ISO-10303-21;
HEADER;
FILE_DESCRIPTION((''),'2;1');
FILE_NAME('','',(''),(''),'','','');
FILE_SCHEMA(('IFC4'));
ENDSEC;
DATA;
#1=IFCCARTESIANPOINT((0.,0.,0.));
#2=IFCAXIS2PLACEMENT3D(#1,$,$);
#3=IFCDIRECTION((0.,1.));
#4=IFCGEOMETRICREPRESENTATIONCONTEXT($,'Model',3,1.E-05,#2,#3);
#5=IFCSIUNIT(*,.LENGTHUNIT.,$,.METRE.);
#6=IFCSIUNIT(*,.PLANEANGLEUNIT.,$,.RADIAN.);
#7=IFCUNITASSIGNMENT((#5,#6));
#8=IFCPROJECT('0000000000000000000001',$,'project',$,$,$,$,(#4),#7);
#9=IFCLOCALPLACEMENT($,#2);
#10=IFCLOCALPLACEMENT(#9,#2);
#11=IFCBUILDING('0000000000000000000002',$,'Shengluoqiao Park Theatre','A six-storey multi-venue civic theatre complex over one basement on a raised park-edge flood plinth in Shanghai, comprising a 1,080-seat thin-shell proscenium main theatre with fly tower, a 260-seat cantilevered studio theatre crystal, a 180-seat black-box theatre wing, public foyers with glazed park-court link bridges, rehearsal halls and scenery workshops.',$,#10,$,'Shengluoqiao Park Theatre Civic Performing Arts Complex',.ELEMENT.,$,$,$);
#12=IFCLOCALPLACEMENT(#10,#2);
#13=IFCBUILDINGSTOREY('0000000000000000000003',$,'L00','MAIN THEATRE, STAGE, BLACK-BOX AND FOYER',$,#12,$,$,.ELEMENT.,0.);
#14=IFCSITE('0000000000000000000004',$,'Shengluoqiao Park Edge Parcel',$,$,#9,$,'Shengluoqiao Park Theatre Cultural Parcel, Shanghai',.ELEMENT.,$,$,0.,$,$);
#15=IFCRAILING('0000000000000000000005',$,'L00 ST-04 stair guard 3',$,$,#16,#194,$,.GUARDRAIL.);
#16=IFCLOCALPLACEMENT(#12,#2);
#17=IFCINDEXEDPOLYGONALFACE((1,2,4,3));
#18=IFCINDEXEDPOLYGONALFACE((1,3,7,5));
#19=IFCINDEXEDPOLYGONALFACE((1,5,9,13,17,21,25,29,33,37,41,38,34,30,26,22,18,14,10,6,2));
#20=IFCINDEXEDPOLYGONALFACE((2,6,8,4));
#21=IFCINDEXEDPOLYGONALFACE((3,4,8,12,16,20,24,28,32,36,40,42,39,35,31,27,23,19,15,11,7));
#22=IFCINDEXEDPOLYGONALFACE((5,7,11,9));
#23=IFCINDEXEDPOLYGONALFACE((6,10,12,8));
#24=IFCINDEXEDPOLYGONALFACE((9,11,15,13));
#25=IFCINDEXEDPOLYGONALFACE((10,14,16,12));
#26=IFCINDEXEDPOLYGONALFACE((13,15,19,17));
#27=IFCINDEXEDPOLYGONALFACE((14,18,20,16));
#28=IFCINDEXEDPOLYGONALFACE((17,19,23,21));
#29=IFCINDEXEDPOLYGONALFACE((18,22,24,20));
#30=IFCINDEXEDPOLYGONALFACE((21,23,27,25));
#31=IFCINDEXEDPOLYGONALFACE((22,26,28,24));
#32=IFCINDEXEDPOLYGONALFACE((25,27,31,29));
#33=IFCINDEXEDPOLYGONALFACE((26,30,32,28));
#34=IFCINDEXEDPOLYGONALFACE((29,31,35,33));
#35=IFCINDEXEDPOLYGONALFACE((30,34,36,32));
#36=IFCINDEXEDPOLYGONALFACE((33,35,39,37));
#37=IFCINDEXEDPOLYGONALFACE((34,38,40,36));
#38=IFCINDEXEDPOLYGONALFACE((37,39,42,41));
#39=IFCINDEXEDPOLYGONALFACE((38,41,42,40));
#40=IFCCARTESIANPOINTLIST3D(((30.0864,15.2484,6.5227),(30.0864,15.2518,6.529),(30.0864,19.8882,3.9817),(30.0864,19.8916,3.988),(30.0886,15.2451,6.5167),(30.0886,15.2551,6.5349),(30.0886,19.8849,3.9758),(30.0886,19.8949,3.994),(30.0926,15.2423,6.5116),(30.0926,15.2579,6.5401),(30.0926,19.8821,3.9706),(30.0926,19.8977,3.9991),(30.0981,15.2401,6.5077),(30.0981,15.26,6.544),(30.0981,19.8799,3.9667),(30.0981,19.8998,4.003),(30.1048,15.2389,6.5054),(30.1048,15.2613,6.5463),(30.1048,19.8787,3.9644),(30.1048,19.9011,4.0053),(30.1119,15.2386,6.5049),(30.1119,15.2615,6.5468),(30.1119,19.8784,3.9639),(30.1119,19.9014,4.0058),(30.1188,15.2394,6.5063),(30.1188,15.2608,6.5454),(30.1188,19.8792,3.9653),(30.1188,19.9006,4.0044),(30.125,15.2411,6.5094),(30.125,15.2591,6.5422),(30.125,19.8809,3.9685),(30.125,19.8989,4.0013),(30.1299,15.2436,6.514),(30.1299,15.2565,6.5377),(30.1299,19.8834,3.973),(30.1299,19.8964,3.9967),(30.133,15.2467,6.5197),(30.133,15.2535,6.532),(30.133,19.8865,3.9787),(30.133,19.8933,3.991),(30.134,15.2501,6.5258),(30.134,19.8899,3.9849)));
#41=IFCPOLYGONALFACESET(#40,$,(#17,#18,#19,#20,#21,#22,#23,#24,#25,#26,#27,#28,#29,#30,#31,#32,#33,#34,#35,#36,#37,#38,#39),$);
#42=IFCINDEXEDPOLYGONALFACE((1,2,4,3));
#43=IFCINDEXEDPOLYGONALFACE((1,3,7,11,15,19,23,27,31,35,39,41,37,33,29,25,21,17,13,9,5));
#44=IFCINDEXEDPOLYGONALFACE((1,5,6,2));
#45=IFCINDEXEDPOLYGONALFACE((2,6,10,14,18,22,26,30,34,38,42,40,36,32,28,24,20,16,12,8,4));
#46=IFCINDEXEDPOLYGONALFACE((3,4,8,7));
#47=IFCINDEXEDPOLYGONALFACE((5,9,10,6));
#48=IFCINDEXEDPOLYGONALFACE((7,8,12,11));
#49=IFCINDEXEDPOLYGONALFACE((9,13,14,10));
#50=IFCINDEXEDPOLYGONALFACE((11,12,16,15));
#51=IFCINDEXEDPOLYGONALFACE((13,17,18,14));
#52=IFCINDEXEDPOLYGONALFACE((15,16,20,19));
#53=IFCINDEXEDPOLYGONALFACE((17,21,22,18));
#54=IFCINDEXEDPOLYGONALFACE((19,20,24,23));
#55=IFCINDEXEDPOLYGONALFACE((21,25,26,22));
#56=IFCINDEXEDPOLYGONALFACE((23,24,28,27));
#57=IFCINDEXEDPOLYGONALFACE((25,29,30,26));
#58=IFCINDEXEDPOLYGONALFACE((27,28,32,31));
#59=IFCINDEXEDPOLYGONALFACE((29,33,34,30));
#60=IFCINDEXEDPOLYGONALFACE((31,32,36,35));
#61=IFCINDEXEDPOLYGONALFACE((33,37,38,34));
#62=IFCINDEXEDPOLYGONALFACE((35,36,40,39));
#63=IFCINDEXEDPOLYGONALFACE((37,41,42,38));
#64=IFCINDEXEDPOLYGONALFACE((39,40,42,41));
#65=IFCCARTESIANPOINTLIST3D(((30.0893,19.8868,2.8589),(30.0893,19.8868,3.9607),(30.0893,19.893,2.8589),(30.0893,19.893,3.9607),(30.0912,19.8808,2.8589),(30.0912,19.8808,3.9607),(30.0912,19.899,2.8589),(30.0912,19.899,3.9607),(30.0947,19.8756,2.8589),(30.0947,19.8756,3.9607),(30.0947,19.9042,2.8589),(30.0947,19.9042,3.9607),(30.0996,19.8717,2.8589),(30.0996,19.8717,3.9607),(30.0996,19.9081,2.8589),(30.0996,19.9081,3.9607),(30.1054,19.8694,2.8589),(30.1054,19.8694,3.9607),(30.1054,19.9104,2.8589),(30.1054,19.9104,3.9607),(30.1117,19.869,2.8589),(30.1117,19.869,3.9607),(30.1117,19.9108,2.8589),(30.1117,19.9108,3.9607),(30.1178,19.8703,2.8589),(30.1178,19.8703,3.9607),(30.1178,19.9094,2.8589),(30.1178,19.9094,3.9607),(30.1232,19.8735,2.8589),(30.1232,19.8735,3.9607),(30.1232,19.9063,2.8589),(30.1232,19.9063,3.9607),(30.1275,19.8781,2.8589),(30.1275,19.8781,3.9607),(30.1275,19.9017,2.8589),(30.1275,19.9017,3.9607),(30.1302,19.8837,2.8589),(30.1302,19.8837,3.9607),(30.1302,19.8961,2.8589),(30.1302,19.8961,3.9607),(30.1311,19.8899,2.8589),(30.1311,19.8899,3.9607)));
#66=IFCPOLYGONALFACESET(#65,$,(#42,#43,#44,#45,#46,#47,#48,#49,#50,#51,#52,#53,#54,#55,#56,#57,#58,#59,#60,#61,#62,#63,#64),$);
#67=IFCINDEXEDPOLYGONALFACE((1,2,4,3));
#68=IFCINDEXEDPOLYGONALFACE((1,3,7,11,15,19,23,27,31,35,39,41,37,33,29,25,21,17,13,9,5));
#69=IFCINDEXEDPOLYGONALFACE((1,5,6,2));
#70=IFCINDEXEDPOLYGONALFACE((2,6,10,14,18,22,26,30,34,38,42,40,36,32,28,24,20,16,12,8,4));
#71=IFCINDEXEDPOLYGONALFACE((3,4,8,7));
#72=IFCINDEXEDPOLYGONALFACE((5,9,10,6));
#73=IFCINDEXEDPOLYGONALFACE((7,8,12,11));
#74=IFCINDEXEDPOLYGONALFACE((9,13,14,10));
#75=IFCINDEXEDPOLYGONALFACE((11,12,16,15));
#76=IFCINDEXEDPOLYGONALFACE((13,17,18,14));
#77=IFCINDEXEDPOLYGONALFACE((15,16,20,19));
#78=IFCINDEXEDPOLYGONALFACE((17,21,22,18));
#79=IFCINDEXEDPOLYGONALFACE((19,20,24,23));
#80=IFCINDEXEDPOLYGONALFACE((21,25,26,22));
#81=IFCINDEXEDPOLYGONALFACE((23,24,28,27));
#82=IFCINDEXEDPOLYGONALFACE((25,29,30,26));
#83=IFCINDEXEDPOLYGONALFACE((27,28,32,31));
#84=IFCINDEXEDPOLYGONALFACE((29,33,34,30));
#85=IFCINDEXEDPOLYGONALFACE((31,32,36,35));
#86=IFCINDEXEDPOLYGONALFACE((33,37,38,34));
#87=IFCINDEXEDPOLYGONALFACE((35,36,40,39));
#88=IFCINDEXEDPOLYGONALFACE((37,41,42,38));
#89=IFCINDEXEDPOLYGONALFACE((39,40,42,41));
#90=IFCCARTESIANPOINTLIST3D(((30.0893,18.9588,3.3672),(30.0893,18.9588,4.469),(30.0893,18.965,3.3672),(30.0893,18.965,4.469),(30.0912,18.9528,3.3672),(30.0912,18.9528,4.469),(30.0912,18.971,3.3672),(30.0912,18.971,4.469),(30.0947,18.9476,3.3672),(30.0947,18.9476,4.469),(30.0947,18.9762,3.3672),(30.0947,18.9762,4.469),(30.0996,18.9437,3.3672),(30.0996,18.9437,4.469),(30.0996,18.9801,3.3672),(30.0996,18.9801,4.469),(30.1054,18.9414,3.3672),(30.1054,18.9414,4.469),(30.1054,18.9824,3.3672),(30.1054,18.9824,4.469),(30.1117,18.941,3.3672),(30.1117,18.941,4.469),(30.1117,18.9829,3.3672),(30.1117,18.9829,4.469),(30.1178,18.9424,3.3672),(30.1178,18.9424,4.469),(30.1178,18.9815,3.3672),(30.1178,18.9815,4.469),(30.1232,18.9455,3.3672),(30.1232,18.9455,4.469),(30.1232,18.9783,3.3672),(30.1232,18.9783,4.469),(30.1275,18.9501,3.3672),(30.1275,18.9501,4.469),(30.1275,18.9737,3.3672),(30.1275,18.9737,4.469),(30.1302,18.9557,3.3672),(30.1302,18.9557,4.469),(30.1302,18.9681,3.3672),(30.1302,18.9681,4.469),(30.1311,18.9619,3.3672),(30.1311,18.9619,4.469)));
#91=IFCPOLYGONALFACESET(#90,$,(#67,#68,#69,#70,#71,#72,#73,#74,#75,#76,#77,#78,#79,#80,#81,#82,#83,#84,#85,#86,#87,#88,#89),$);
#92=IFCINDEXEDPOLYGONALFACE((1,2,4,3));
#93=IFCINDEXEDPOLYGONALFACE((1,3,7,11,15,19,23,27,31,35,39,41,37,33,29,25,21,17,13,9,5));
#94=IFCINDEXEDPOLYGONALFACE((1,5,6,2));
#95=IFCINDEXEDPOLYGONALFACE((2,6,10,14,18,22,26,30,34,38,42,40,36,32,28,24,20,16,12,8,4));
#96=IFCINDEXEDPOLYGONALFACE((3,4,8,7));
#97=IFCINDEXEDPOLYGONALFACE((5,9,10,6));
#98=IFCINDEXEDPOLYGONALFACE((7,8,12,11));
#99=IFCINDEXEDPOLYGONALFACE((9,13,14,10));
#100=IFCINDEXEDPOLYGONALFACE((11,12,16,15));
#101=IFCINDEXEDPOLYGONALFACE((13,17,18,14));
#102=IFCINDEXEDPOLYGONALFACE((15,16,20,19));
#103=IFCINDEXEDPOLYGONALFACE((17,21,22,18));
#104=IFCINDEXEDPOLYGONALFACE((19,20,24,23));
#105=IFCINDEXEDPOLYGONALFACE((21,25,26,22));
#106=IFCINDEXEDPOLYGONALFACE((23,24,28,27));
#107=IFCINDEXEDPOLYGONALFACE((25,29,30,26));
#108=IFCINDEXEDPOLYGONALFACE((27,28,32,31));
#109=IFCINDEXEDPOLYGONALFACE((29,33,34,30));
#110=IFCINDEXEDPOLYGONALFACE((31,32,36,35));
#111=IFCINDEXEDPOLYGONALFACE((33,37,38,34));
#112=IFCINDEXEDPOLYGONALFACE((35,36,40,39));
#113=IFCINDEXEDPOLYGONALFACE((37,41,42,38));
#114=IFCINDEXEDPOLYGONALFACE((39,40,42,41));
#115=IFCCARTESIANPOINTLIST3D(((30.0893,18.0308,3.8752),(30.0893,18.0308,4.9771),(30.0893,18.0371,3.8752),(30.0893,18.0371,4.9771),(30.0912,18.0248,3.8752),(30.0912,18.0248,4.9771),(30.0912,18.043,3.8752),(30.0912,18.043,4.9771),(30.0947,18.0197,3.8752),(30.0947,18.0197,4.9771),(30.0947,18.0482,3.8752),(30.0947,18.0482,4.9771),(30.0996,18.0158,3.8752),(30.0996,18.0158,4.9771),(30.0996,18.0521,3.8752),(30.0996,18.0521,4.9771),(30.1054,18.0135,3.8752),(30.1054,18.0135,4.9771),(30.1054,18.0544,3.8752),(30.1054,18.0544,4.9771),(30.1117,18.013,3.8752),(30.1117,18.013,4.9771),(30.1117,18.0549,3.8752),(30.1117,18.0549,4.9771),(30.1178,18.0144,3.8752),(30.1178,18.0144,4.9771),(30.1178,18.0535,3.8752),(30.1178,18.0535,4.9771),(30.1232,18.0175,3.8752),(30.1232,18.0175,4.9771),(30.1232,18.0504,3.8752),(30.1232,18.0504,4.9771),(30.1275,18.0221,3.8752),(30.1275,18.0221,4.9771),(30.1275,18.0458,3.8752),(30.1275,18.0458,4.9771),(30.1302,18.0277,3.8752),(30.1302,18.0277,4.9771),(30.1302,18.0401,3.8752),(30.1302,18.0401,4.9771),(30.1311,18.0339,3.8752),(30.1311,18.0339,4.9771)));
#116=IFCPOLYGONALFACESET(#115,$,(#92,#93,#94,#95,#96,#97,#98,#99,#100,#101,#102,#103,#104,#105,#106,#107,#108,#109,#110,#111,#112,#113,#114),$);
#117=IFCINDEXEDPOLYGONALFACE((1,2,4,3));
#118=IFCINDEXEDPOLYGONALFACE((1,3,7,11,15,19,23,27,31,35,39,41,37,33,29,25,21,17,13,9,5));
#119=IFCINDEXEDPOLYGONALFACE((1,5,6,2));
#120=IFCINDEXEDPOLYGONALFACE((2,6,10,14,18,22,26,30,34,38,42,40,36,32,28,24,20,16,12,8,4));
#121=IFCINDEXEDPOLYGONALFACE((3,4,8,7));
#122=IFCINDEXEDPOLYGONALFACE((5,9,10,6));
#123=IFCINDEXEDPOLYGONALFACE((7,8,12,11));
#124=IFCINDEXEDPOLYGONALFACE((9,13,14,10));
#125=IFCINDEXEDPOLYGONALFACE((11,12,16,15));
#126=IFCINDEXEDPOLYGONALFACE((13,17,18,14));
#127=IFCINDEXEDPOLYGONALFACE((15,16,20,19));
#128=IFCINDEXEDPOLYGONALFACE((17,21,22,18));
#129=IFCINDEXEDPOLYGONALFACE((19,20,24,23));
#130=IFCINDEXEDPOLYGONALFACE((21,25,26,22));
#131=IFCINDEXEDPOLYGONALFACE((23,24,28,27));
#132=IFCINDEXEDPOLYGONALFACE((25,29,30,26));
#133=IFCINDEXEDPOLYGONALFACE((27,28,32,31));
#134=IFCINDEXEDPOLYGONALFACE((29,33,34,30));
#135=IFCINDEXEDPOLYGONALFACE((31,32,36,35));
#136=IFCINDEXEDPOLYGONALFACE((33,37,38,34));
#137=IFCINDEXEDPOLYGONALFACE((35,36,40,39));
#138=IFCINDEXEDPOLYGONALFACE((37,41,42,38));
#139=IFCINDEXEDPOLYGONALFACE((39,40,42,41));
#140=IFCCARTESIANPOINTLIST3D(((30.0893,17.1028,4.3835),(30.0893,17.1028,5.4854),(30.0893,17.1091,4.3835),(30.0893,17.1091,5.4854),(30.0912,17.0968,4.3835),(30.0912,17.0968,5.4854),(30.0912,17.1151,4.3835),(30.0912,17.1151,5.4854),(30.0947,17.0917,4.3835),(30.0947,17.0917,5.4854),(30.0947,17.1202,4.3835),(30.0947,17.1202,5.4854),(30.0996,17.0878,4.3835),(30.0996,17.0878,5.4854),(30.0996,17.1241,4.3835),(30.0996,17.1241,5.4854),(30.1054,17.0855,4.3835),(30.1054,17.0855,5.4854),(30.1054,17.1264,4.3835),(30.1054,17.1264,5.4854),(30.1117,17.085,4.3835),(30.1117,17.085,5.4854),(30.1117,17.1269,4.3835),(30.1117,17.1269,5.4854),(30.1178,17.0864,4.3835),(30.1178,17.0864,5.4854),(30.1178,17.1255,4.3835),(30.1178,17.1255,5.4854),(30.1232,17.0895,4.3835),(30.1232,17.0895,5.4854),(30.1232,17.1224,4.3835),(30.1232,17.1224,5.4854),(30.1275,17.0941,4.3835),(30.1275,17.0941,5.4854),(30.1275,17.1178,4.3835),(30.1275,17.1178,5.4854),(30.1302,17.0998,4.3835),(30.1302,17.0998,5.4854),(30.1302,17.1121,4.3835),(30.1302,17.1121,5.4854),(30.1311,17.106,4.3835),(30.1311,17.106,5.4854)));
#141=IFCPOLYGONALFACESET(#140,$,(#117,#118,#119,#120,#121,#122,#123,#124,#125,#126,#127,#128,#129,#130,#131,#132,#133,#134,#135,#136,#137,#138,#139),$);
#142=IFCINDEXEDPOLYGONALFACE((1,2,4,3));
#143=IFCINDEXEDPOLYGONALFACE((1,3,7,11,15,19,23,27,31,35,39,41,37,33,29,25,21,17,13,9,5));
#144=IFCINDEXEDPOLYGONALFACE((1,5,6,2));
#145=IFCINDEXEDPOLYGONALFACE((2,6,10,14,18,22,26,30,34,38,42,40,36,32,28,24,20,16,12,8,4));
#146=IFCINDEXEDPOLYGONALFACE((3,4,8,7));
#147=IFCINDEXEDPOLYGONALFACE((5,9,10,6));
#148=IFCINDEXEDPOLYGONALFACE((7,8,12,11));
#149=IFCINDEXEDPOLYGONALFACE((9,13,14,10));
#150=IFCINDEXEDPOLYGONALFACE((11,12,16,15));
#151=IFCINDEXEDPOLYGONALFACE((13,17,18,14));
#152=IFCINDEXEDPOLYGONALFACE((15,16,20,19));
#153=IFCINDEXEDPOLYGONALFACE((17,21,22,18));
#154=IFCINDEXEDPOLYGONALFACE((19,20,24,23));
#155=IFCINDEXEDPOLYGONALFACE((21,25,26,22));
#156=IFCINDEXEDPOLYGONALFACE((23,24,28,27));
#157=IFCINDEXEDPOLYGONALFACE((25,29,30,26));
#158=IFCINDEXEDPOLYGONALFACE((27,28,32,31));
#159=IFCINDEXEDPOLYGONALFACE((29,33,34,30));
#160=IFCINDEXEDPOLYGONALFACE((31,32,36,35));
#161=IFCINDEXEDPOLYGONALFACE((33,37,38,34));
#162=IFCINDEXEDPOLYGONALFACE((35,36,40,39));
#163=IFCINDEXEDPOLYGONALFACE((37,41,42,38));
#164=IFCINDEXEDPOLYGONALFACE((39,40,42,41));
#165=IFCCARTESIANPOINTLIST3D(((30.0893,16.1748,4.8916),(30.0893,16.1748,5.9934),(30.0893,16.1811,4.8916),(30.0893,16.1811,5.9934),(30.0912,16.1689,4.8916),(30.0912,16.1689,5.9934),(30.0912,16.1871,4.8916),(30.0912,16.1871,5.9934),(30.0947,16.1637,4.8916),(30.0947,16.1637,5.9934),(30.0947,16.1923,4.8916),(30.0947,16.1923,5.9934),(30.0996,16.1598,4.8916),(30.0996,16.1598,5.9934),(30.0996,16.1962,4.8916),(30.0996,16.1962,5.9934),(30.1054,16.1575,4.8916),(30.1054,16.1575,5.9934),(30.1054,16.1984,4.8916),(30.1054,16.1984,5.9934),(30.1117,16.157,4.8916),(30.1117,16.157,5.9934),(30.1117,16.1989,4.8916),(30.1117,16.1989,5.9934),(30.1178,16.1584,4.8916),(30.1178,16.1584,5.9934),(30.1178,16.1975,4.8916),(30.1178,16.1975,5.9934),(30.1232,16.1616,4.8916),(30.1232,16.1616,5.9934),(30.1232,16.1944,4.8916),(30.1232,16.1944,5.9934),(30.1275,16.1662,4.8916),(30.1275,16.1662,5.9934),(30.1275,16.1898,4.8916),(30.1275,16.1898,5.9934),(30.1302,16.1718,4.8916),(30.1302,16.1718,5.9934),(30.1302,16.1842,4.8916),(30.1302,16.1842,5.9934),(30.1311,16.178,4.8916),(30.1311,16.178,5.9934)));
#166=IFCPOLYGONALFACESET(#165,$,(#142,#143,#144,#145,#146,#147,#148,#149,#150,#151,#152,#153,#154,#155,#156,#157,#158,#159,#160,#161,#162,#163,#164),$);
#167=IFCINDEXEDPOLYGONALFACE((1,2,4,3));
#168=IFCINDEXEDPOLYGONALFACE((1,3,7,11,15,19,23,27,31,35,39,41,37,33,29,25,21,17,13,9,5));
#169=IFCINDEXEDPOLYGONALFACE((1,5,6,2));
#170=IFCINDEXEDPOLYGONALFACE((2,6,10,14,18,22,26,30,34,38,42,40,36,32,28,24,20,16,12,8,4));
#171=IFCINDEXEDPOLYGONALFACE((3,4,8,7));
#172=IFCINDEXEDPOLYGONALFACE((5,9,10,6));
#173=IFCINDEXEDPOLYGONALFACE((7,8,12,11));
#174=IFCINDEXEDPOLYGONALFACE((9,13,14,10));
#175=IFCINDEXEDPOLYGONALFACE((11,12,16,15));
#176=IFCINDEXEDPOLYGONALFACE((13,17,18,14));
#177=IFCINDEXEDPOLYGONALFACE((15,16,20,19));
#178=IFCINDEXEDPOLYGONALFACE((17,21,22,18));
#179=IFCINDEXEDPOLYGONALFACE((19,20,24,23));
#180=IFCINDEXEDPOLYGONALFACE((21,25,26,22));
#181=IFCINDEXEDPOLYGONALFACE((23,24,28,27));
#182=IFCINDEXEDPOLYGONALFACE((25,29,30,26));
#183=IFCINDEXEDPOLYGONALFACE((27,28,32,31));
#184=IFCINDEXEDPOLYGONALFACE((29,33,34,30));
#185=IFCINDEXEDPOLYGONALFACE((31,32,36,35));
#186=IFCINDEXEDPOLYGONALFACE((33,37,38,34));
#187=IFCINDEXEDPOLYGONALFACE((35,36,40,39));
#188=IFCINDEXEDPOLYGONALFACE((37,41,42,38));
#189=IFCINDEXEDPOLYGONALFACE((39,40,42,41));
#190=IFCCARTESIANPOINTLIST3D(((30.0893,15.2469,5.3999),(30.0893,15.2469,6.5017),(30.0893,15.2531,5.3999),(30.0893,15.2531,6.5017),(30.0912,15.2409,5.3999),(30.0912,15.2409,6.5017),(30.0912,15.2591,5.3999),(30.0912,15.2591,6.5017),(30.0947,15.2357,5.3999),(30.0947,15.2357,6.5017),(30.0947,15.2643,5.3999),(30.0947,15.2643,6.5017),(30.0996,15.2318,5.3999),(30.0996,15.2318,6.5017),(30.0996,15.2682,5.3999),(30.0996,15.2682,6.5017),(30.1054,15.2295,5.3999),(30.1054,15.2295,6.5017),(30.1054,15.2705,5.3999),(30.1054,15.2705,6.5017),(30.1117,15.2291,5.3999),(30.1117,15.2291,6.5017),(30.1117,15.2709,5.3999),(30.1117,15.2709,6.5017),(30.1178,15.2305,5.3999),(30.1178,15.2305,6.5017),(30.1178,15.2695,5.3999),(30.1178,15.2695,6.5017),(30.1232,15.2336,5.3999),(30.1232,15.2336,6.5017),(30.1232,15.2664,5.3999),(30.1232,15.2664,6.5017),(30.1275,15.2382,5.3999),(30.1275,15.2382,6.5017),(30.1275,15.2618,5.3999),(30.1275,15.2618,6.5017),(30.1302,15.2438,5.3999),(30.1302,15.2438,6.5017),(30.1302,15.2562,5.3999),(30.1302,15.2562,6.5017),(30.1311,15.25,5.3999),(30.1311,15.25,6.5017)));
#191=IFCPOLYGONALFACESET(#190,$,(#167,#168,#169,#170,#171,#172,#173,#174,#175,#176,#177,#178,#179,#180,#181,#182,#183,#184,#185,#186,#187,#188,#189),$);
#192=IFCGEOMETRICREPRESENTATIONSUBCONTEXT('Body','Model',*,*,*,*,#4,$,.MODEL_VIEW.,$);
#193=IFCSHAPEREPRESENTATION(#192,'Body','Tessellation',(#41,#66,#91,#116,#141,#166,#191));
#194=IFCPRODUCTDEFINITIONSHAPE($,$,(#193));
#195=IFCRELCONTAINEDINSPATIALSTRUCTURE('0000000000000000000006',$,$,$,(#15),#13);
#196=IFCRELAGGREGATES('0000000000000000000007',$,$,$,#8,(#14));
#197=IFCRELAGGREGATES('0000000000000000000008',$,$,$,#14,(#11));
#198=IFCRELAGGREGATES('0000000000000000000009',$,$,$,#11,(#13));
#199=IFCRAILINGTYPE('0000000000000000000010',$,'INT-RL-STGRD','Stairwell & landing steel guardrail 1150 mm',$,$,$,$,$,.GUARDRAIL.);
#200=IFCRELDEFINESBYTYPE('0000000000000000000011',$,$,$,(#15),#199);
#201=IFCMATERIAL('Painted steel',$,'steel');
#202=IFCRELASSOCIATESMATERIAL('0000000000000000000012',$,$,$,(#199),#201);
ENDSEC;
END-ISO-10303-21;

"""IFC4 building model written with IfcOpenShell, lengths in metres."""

from ifc_helpers import new_model, si_unit, direction, frame, origin, origin_2d, place, context, subcontext, project, spatial, circle, extrude, material, type_object, element, save


model = new_model("IFC4")

# Units and contexts
model_context = context("Model", 3, precision=1e-05, world=origin(), true_north=direction((0.0, 1.0)))
body_context = subcontext(model_context, "Body", "Model", "MODEL_VIEW")
ifc_project = project(units=[si_unit("LENGTHUNIT", "METRE"), si_unit("PLANEANGLEUNIT", "RADIAN")], contexts=[model_context])

# Site, building, storey
site_placement = place(None, origin())
site = spatial("IfcSite", under=ifc_project, at=site_placement, Name="Shengluoqiao Park Edge Parcel", LongName="Shengluoqiao Park Theatre Cultural Parcel, Shanghai", CompositionType="ELEMENT", RefElevation=0.0)
building_placement = place(site_placement, origin())
building = spatial("IfcBuilding", under=site, at=building_placement, Name="Shengluoqiao Park Theatre", Description="A six-storey multi-venue civic theatre complex over one basement on a raised park-edge flood plinth in Shanghai, comprising a 1,080-seat thin-shell proscenium main theatre with fly tower, a 260-seat cantilevered studio theatre crystal, a 180-seat black-box theatre wing, public foyers with glazed park-court link bridges, rehearsal halls and scenery workshops.", LongName="Shengluoqiao Park Theatre Civic Performing Arts Complex", CompositionType="ELEMENT")
storey_placement = place(building_placement, origin())
storey = spatial("IfcBuildingStorey", under=building, at=storey_placement, Name="L00", Description="MAIN THEATRE, STAGE, BLACK-BOX AND FOYER", CompositionType="ELEMENT", Elevation=0.0)

# Railing
ifc_material_1 = material(Name="Painted steel", Category="steel")
railing_type_1 = type_object("IfcRailingType", Name="INT-RL-STGRD", Description="Stairwell & landing steel guardrail 1150 mm", PredefinedType="GUARDRAIL", material=ifc_material_1)
railing_1_placement = place(storey_placement, frame((30.1101, 19.8899, 2.8589)))
element("IfcRailing", 1, at=railing_1_placement, inside=storey, type_object=railing_type_1, Name="L00 ST-04 stair guard 3", PredefinedType="GUARDRAIL", context=body_context, shape_type="SweptSolid", body=[
    extrude(circle(Radius=0.0239, at=origin_2d()), frame((0.0, 0.0, 1.126), z_axis=(0.0, -0.877087, 0.480332), x_axis=(1.0, 0.0, 0.0)), (0.0, 0.0, 1.0), 5.29),
    extrude(circle(Radius=0.021, at=origin_2d()), origin(), (0.0, 0.0, 1.0), 1.1018),
    extrude(circle(Radius=0.021, at=origin_2d()), frame((0.0, -0.928, 0.5083)), (0.0, 0.0, 1.0), 1.1018),
    extrude(circle(Radius=0.021, at=origin_2d()), frame((0.0, -1.856, 1.0164)), (0.0, 0.0, 1.0), 1.1018),
    extrude(circle(Radius=0.021, at=origin_2d()), frame((0.0, -2.7839, 1.5247)), (0.0, 0.0, 1.0), 1.1018),
    extrude(circle(Radius=0.021, at=origin_2d()), frame((0.0, -3.7119, 2.0327)), (0.0, 0.0, 1.0), 1.1018),
    extrude(circle(Radius=0.021, at=origin_2d()), frame((0.0, -4.6399, 2.541)), (0.0, 0.0, 1.0), 1.1018),
])

save(model, "model.ifc")
